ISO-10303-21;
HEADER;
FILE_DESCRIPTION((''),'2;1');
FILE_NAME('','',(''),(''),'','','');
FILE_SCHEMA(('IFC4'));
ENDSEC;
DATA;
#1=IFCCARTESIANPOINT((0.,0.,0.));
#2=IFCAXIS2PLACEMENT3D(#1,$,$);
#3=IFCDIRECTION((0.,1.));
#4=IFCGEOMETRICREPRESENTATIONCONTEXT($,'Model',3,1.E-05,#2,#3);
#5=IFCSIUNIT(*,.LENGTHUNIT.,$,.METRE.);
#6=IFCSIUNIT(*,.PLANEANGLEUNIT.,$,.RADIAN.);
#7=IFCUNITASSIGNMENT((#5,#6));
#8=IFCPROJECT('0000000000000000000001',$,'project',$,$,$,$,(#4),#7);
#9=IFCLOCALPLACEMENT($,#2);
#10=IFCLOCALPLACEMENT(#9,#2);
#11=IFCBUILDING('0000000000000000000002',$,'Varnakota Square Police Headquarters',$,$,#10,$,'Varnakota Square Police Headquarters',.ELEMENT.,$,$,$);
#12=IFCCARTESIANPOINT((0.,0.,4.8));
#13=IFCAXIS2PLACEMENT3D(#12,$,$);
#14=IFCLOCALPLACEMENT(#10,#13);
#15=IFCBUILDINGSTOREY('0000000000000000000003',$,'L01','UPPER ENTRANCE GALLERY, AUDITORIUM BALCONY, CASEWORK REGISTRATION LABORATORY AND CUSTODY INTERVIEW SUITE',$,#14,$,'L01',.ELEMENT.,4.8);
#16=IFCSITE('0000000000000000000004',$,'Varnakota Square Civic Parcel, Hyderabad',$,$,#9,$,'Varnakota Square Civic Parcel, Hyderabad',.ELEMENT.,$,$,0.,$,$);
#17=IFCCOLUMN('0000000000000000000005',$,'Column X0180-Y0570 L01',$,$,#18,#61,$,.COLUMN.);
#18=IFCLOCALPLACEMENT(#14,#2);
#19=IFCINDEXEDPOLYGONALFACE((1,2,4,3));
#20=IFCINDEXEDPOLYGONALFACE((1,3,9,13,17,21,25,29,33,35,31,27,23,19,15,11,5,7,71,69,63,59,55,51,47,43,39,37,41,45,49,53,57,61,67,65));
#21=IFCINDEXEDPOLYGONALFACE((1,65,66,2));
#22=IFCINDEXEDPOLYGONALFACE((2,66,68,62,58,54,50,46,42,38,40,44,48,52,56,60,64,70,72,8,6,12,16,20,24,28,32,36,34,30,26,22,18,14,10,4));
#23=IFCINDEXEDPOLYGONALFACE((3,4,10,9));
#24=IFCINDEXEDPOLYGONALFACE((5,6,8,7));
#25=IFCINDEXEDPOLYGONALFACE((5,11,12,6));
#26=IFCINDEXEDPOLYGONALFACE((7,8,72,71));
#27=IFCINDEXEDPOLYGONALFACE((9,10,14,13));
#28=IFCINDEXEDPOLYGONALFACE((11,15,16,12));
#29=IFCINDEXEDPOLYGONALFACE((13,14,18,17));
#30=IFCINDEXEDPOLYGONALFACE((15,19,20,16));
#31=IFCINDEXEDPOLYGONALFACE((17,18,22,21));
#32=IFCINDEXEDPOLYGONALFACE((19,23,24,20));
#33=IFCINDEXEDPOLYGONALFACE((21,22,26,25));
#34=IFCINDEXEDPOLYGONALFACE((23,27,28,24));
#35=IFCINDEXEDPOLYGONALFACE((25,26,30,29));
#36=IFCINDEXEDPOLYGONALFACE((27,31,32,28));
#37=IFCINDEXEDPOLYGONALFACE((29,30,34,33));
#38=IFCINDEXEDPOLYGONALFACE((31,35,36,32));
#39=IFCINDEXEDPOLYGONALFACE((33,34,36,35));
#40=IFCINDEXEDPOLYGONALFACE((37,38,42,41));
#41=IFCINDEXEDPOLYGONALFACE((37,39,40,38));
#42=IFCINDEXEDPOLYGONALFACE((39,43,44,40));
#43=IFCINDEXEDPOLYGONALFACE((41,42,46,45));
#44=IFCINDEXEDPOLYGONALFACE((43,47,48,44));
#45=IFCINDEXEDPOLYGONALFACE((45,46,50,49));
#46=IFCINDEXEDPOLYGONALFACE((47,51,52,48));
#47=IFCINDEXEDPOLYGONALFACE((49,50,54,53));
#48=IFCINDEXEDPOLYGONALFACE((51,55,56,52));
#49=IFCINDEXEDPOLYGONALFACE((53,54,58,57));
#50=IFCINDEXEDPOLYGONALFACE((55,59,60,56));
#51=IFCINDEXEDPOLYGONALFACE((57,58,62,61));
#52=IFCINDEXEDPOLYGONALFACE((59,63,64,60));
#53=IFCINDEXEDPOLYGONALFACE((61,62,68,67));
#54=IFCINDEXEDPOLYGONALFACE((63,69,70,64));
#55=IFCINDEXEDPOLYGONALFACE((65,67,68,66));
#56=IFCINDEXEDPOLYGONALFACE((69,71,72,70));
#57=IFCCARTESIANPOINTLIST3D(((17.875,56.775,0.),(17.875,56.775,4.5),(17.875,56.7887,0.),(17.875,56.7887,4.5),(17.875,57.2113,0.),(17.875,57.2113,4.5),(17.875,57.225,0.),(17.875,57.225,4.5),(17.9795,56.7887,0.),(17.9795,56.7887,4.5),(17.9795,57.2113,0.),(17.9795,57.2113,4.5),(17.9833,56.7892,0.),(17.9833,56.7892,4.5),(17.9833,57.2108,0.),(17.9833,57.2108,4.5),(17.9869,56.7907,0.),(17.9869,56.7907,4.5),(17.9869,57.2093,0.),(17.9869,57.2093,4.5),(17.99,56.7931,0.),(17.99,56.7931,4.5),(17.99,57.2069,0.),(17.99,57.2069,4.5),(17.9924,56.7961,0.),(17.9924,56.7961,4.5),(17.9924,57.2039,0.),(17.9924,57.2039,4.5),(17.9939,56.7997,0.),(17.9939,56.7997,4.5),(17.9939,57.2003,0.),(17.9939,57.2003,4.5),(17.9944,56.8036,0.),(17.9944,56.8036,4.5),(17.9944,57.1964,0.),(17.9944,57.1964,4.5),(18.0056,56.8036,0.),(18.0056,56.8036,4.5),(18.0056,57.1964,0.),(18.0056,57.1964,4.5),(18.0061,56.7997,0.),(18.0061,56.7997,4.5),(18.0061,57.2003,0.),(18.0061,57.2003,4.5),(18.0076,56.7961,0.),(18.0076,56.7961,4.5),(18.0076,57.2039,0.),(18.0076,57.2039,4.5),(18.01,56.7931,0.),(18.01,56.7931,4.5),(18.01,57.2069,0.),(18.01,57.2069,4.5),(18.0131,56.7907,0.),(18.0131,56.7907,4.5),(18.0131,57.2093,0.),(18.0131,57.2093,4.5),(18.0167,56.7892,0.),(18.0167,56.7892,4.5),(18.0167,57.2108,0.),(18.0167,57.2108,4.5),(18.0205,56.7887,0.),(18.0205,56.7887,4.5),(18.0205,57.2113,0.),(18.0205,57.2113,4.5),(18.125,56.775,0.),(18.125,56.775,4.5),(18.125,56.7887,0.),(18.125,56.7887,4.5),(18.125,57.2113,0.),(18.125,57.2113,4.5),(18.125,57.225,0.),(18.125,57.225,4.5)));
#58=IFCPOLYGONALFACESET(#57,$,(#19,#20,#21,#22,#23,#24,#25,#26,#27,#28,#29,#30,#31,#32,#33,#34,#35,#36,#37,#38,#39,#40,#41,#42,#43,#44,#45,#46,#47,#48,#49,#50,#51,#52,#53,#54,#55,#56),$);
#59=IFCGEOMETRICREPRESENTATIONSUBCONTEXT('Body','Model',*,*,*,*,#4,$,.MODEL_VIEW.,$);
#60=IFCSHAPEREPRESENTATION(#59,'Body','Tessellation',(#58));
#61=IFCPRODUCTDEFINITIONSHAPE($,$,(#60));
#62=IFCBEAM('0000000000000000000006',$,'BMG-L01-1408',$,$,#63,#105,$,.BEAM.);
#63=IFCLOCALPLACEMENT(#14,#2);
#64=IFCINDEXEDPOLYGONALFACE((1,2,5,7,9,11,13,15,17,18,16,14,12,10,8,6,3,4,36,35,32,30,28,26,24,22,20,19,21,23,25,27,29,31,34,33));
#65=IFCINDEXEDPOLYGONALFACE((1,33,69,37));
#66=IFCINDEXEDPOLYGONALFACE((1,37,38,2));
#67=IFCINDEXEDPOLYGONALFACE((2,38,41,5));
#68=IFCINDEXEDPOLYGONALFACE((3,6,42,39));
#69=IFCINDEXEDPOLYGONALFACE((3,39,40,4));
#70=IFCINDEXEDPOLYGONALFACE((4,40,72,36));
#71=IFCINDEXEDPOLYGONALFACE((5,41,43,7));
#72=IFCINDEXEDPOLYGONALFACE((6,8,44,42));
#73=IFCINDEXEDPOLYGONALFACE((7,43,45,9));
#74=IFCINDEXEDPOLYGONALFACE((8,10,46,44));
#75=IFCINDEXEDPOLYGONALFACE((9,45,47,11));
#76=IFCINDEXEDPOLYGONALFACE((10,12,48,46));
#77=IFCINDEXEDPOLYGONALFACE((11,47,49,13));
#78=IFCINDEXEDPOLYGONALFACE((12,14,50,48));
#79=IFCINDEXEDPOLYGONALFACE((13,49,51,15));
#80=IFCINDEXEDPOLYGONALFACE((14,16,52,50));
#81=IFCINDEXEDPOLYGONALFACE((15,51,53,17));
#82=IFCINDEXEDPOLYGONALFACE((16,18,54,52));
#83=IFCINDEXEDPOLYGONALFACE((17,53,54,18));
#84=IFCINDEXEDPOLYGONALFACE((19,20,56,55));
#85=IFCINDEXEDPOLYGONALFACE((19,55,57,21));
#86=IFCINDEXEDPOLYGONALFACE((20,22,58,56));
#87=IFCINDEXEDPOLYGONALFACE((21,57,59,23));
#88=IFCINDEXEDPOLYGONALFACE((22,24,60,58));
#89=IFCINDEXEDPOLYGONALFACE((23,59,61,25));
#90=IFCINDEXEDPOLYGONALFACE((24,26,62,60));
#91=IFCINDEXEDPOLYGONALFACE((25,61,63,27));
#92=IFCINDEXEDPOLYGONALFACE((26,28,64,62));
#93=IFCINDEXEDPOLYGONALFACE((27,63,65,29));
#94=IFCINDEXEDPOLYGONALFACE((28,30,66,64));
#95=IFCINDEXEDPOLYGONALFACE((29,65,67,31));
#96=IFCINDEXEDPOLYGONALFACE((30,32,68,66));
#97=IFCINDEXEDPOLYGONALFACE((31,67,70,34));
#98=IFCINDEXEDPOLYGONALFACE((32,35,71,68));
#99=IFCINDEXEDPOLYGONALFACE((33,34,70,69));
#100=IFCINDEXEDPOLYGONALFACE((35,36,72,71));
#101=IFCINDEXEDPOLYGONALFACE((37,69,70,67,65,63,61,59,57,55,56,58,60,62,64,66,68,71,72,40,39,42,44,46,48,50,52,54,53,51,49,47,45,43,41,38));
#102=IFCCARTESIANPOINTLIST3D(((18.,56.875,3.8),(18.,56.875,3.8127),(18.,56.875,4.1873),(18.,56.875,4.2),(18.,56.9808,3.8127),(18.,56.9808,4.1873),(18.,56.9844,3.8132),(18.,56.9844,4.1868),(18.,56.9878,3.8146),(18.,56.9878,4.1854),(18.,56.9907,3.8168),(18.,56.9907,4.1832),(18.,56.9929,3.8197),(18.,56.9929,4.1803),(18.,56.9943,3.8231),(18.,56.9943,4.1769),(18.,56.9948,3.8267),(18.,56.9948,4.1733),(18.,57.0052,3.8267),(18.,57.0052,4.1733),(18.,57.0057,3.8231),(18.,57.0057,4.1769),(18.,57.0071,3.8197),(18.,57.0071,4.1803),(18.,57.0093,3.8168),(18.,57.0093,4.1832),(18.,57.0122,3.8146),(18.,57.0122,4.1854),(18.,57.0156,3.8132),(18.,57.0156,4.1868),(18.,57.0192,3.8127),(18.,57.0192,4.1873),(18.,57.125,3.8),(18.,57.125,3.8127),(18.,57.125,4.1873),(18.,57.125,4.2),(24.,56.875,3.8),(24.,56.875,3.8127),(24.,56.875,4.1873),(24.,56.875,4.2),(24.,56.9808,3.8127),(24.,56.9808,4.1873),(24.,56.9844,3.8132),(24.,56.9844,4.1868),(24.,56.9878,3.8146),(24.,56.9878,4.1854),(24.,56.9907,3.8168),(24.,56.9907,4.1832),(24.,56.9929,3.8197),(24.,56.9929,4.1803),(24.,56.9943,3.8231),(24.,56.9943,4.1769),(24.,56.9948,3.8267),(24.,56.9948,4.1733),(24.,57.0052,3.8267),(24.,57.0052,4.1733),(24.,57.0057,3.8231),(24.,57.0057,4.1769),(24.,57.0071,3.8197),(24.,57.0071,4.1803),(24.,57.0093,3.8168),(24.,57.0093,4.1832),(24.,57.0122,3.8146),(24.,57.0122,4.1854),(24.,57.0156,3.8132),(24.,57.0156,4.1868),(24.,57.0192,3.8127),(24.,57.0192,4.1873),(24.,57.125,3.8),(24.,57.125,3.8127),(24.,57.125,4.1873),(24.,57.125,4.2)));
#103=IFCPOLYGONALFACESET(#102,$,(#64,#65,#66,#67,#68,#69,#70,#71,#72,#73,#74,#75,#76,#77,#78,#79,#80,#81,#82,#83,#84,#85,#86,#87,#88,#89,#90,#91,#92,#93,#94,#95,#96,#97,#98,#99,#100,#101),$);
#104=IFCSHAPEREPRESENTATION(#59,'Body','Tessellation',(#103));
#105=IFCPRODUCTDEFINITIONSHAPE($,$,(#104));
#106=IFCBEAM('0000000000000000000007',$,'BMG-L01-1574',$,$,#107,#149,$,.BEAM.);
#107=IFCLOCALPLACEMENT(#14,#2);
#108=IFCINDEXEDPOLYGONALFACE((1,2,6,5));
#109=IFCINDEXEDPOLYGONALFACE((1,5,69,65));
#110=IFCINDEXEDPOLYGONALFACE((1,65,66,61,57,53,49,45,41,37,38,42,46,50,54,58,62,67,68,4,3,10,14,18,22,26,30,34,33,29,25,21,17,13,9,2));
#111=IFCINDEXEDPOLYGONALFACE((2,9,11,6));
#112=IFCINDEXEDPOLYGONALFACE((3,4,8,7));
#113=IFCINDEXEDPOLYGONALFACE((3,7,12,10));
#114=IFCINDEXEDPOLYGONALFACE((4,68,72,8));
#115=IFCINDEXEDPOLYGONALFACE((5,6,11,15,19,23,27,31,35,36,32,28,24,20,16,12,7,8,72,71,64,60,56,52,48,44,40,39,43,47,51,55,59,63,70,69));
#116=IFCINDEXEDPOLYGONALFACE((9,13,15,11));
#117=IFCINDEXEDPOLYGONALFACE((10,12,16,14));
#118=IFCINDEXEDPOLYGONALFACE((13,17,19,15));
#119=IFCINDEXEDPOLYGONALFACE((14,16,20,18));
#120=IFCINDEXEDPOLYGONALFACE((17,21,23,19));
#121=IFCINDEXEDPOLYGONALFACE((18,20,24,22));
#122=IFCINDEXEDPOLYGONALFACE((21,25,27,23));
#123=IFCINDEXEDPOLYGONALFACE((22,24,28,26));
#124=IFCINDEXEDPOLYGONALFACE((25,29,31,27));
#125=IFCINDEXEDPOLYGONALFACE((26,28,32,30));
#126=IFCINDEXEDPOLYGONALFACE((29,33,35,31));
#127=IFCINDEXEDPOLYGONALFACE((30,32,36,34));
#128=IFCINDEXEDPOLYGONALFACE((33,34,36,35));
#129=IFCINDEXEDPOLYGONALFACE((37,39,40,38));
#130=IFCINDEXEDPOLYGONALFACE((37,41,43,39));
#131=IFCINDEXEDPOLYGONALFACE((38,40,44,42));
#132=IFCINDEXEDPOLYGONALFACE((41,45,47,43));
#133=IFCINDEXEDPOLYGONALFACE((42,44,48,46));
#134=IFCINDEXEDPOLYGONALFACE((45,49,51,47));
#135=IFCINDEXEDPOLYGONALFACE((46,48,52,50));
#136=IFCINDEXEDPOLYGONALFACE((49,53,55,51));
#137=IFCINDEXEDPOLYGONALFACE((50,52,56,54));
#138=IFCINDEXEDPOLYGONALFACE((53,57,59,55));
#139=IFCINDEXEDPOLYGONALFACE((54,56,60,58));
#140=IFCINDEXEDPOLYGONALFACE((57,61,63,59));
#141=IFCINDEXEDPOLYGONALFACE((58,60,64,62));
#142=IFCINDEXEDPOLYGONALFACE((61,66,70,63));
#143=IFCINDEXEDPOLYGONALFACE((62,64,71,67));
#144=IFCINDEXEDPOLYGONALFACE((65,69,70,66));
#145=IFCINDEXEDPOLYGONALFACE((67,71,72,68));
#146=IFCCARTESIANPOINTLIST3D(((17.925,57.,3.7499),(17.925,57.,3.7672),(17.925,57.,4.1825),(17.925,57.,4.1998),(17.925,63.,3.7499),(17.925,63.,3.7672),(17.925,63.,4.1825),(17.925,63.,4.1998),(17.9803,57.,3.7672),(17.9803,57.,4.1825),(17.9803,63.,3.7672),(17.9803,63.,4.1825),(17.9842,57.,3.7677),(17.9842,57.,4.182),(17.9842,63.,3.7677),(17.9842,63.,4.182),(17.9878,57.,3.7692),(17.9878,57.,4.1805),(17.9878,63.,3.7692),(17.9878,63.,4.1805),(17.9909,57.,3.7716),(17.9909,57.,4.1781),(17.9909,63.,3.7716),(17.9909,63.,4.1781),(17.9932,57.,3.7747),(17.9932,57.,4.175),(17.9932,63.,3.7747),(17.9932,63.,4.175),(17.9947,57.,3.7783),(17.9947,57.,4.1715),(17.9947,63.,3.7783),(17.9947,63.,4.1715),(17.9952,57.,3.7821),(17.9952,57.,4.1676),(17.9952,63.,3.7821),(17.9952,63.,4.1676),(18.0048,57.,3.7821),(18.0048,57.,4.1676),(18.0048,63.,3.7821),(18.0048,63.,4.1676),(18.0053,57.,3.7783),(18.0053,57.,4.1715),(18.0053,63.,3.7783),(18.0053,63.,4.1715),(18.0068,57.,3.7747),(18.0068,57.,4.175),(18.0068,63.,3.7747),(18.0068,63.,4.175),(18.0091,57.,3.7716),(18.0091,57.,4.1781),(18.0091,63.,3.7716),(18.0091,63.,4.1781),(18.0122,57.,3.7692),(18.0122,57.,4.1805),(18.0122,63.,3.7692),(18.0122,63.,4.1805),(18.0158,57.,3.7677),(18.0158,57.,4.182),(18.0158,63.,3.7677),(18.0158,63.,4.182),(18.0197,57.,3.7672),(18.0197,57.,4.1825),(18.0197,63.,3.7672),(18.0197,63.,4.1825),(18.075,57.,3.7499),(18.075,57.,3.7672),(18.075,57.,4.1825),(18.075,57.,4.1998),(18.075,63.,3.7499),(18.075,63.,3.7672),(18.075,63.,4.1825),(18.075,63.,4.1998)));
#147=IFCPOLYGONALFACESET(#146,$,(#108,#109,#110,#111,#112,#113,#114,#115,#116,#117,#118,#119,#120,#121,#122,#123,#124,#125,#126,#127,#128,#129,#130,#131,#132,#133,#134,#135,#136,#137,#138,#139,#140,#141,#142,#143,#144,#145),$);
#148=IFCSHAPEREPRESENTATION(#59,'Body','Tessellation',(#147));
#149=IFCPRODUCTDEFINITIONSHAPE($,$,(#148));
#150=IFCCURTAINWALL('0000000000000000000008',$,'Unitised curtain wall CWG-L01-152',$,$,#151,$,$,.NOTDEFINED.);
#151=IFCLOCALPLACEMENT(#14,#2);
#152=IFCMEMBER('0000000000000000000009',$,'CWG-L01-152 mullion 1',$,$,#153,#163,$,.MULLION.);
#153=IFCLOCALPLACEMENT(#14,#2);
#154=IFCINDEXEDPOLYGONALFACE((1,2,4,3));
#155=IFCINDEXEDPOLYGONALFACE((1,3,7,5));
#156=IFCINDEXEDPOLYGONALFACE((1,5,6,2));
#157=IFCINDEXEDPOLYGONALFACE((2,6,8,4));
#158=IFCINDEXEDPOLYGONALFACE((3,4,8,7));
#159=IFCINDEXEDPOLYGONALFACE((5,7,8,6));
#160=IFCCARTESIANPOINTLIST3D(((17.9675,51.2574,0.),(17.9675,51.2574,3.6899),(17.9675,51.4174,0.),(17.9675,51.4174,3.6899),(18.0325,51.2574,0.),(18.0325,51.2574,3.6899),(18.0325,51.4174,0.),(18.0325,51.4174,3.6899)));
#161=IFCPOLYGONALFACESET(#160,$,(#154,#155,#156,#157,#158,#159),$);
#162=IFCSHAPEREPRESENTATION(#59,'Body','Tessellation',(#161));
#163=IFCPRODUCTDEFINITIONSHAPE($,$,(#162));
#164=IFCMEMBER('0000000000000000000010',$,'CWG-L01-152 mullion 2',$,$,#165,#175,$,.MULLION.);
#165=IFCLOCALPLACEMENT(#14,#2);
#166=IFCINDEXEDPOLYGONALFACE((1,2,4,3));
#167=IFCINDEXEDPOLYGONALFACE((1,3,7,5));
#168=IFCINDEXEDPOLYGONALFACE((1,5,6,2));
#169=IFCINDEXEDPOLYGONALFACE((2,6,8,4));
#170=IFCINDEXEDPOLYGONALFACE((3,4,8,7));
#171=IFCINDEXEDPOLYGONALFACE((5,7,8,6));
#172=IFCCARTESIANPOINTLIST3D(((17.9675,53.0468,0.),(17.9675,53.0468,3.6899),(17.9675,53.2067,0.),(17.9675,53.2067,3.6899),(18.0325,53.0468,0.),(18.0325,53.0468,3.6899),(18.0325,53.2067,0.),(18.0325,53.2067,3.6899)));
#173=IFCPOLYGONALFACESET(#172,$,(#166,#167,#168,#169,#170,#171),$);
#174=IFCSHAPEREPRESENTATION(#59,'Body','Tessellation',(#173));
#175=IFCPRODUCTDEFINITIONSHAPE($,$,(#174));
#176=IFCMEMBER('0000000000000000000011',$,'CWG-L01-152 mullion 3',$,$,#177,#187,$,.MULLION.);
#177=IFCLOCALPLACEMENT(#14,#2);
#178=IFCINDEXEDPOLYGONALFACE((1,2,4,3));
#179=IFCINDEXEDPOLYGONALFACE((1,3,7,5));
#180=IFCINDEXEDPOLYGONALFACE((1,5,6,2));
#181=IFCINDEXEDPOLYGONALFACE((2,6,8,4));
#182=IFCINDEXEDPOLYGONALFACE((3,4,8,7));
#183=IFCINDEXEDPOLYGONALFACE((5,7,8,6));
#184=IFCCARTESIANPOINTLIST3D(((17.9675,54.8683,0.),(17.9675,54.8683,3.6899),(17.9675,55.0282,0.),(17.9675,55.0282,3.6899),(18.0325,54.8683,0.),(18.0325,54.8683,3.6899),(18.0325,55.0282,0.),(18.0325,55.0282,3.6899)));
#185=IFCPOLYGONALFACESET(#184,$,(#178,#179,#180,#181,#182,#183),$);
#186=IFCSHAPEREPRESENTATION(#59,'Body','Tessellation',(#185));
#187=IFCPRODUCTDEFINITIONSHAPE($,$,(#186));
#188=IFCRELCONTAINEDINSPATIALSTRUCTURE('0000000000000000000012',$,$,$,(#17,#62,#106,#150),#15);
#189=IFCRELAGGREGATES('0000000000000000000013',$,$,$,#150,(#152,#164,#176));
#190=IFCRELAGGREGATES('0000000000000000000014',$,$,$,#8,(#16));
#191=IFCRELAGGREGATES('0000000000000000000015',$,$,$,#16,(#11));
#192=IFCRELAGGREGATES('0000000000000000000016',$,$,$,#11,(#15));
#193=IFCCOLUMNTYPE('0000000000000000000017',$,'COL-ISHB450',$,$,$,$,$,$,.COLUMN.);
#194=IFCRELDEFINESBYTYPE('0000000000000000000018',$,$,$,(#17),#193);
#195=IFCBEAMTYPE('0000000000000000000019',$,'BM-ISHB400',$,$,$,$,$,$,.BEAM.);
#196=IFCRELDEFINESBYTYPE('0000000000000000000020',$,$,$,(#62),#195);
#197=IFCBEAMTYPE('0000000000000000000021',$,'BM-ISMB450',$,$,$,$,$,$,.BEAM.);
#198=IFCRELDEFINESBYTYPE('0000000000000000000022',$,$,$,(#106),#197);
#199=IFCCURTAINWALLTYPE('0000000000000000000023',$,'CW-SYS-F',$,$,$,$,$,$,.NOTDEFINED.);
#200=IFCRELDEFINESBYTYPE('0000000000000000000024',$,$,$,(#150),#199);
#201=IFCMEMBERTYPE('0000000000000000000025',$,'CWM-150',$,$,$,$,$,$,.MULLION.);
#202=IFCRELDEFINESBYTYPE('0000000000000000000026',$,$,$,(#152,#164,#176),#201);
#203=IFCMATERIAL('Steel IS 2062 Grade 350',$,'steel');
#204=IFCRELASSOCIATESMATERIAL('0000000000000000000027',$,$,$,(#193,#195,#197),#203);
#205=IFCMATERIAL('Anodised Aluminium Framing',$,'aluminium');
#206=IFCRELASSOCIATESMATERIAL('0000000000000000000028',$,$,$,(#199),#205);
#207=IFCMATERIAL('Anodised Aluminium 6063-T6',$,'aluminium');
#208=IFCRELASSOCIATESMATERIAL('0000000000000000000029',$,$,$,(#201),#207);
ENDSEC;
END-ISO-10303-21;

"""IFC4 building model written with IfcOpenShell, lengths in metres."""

from ifc_helpers import new_model, si_unit, direction, frame, origin, origin_2d, place, context, subcontext, project, spatial, rectangle, i_section, extrude, material, material_profile, profile_set, type_object, element, aggregate, save


model = new_model("IFC4")

# Units and contexts
model_context = context("Model", 3, precision=1e-05, world=origin(), true_north=direction((0.0, 1.0)))
body_context = subcontext(model_context, "Body", "Model", "MODEL_VIEW")
ifc_project = project(units=[si_unit("LENGTHUNIT", "METRE"), si_unit("PLANEANGLEUNIT", "RADIAN")], contexts=[model_context])

# Site, building, storey
site_placement = place(None, origin())
site = spatial("IfcSite", under=ifc_project, at=site_placement, Name="Varnakota Square Civic Parcel, Hyderabad", LongName="Varnakota Square Civic Parcel, Hyderabad", CompositionType="ELEMENT", RefElevation=0.0)
building_placement = place(site_placement, origin())
building = spatial("IfcBuilding", under=site, at=building_placement, Name="Varnakota Square Police Headquarters", LongName="Varnakota Square Police Headquarters", CompositionType="ELEMENT")
storey_placement = place(building_placement, frame((0.0, 0.0, 4.8)))
storey = spatial("IfcBuildingStorey", under=building, at=storey_placement, Name="L01", Description="UPPER ENTRANCE GALLERY, AUDITORIUM BALCONY, CASEWORK REGISTRATION LABORATORY AND CUSTODY INTERVIEW SUITE", LongName="L01", CompositionType="ELEMENT", Elevation=4.8)

# Column
ifc_material_1 = material(Name="Steel IS 2062 Grade 350", Category="steel")
ifc_material_profile_1 = material_profile(ifc_material_1, i_section(OverallWidth=0.25, OverallDepth=0.45, WebThickness=0.0112, FlangeThickness=0.0137, FilletRadius=0.0149, at=origin_2d()), Name="ISHB 450")
ifc_profile_set_1 = profile_set([ifc_material_profile_1], Name="Steel IS 2062 Grade 350")
column_type = type_object("IfcColumnType", Name="COL-ISHB450", PredefinedType="COLUMN", material=ifc_profile_set_1)
column_placement = place(storey_placement, frame((18.0, 57.0, 0.0), z_axis=(0.0, 0.0, 1.0), x_axis=(1.0, 0.0, 0.0)))
element("IfcColumn", 1, at=column_placement, inside=storey, type_object=column_type, Name="Column X0180-Y0570 L01", PredefinedType="COLUMN", context=body_context, shape_type="SweptSolid", body=[
    extrude(i_section(OverallWidth=0.25, OverallDepth=0.45, WebThickness=0.0112, FlangeThickness=0.0137, FilletRadius=0.0149, at=origin_2d()), origin(), (0.0, 0.0, 1.0), 4.5),
])

# Beams
ifc_material_profile_2 = material_profile(ifc_material_1, i_section(OverallWidth=0.25, OverallDepth=0.3999, WebThickness=0.0105, FlangeThickness=0.0127, FilletRadius=0.0139, at=origin_2d()), Name="ISHB 400")
ifc_profile_set_2 = profile_set([ifc_material_profile_2], Name="Steel IS 2062 Grade 350")
beam_type_1 = type_object("IfcBeamType", Name="BM-ISHB400", PredefinedType="BEAM", material=ifc_profile_set_2)
beam_1_placement = place(storey_placement, frame((18.0, 57.0, 4.0), z_axis=(1.0, 0.0, 0.0), x_axis=(0.0, 1.0, 0.0)))
element("IfcBeam", 2, at=beam_1_placement, inside=storey, type_object=beam_type_1, Name="BMG-L01-1408", PredefinedType="BEAM", context=body_context, shape_type="SweptSolid", body=[
    extrude(i_section(OverallWidth=0.25, OverallDepth=0.3999, WebThickness=0.0105, FlangeThickness=0.0127, FilletRadius=0.0139, at=origin_2d()), origin(), (0.0, 0.0, 1.0), 6.0),
])
ifc_material_profile_3 = material_profile(ifc_material_1, i_section(OverallWidth=0.1499, OverallDepth=0.45, WebThickness=0.0095, FlangeThickness=0.0173, FilletRadius=0.0149, at=origin_2d()), Name="ISMB 450")
ifc_profile_set_3 = profile_set([ifc_material_profile_3], Name="Steel IS 2062 Grade 350")
beam_type_2 = type_object("IfcBeamType", Name="BM-ISMB450", PredefinedType="BEAM", material=ifc_profile_set_3)
beam_2_placement = place(storey_placement, frame((18.0, 57.0, 3.9749), z_axis=(0.0, 1.0, 0.0), x_axis=(-1.0, 0.0, 0.0)))
element("IfcBeam", 3, at=beam_2_placement, inside=storey, type_object=beam_type_2, Name="BMG-L01-1574", PredefinedType="BEAM", context=body_context, shape_type="SweptSolid", body=[
    extrude(i_section(OverallWidth=0.1499, OverallDepth=0.45, WebThickness=0.0095, FlangeThickness=0.0173, FilletRadius=0.0149, at=origin_2d()), origin(), (0.0, 0.0, 1.0), 6.0),
])

# Curtain wall, members
ifc_material_2 = material(Name="Anodised Aluminium Framing", Category="aluminium")
curtain_wall_type = type_object("IfcCurtainWallType", Name="CW-SYS-F", PredefinedType="NOTDEFINED", material=ifc_material_2)
curtain_wall_placement = place(storey_placement, origin())
curtain_wall = element("IfcCurtainWall", 4, at=curtain_wall_placement, inside=storey, type_object=curtain_wall_type, Name="Unitised curtain wall CWG-L01-152", PredefinedType="NOTDEFINED")
ifc_material_3 = material(Name="Anodised Aluminium 6063-T6", Category="aluminium")
ifc_material_profile_4 = material_profile(ifc_material_3, rectangle(XDim=0.0649, YDim=0.1599, at=origin_2d()), Name="ALU MULLION 65x160")
ifc_profile_set_4 = profile_set([ifc_material_profile_4], Name="Anodised Aluminium 6063-T6")
member_type_1 = type_object("IfcMemberType", Name="CWM-150", PredefinedType="MULLION", material=ifc_profile_set_4)
member_1_placement = place(storey_placement, frame((18.0, 51.3374, 0.0), z_axis=(0.0, 0.0, 1.0), x_axis=(-1.0, 0.0, 0.0)))
member_1 = element("IfcMember", 5, at=member_1_placement, type_object=member_type_1, Name="CWG-L01-152 mullion 1", PredefinedType="MULLION", context=body_context, shape_type="SweptSolid", body=[
    extrude(rectangle(XDim=0.0649, YDim=0.1599, at=origin_2d()), origin(), (0.0, 0.0, 1.0), 3.6899),
])
member_2_placement = place(storey_placement, frame((18.0, 53.1267, 0.0), z_axis=(0.0, 0.0, 1.0), x_axis=(-1.0, 0.0, 0.0)))
member_2 = element("IfcMember", 6, at=member_2_placement, type_object=member_type_1, Name="CWG-L01-152 mullion 2", PredefinedType="MULLION", context=body_context, shape_type="SweptSolid", body=[
    extrude(rectangle(XDim=0.0649, YDim=0.1599, at=origin_2d()), origin(), (0.0, 0.0, 1.0), 3.6899),
])
member_3_placement = place(storey_placement, frame((18.0, 54.9482, 0.0), z_axis=(0.0, 0.0, 1.0), x_axis=(-1.0, 0.0, 0.0)))
member_3 = element("IfcMember", 7, at=member_3_placement, type_object=member_type_1, Name="CWG-L01-152 mullion 3", PredefinedType="MULLION", context=body_context, shape_type="SweptSolid", body=[
    extrude(rectangle(XDim=0.0649, YDim=0.1599, at=origin_2d()), origin(), (0.0, 0.0, 1.0), 3.6899),
])
aggregate(curtain_wall, [member_1, member_2, member_3])

save(model, "model.ifc")
